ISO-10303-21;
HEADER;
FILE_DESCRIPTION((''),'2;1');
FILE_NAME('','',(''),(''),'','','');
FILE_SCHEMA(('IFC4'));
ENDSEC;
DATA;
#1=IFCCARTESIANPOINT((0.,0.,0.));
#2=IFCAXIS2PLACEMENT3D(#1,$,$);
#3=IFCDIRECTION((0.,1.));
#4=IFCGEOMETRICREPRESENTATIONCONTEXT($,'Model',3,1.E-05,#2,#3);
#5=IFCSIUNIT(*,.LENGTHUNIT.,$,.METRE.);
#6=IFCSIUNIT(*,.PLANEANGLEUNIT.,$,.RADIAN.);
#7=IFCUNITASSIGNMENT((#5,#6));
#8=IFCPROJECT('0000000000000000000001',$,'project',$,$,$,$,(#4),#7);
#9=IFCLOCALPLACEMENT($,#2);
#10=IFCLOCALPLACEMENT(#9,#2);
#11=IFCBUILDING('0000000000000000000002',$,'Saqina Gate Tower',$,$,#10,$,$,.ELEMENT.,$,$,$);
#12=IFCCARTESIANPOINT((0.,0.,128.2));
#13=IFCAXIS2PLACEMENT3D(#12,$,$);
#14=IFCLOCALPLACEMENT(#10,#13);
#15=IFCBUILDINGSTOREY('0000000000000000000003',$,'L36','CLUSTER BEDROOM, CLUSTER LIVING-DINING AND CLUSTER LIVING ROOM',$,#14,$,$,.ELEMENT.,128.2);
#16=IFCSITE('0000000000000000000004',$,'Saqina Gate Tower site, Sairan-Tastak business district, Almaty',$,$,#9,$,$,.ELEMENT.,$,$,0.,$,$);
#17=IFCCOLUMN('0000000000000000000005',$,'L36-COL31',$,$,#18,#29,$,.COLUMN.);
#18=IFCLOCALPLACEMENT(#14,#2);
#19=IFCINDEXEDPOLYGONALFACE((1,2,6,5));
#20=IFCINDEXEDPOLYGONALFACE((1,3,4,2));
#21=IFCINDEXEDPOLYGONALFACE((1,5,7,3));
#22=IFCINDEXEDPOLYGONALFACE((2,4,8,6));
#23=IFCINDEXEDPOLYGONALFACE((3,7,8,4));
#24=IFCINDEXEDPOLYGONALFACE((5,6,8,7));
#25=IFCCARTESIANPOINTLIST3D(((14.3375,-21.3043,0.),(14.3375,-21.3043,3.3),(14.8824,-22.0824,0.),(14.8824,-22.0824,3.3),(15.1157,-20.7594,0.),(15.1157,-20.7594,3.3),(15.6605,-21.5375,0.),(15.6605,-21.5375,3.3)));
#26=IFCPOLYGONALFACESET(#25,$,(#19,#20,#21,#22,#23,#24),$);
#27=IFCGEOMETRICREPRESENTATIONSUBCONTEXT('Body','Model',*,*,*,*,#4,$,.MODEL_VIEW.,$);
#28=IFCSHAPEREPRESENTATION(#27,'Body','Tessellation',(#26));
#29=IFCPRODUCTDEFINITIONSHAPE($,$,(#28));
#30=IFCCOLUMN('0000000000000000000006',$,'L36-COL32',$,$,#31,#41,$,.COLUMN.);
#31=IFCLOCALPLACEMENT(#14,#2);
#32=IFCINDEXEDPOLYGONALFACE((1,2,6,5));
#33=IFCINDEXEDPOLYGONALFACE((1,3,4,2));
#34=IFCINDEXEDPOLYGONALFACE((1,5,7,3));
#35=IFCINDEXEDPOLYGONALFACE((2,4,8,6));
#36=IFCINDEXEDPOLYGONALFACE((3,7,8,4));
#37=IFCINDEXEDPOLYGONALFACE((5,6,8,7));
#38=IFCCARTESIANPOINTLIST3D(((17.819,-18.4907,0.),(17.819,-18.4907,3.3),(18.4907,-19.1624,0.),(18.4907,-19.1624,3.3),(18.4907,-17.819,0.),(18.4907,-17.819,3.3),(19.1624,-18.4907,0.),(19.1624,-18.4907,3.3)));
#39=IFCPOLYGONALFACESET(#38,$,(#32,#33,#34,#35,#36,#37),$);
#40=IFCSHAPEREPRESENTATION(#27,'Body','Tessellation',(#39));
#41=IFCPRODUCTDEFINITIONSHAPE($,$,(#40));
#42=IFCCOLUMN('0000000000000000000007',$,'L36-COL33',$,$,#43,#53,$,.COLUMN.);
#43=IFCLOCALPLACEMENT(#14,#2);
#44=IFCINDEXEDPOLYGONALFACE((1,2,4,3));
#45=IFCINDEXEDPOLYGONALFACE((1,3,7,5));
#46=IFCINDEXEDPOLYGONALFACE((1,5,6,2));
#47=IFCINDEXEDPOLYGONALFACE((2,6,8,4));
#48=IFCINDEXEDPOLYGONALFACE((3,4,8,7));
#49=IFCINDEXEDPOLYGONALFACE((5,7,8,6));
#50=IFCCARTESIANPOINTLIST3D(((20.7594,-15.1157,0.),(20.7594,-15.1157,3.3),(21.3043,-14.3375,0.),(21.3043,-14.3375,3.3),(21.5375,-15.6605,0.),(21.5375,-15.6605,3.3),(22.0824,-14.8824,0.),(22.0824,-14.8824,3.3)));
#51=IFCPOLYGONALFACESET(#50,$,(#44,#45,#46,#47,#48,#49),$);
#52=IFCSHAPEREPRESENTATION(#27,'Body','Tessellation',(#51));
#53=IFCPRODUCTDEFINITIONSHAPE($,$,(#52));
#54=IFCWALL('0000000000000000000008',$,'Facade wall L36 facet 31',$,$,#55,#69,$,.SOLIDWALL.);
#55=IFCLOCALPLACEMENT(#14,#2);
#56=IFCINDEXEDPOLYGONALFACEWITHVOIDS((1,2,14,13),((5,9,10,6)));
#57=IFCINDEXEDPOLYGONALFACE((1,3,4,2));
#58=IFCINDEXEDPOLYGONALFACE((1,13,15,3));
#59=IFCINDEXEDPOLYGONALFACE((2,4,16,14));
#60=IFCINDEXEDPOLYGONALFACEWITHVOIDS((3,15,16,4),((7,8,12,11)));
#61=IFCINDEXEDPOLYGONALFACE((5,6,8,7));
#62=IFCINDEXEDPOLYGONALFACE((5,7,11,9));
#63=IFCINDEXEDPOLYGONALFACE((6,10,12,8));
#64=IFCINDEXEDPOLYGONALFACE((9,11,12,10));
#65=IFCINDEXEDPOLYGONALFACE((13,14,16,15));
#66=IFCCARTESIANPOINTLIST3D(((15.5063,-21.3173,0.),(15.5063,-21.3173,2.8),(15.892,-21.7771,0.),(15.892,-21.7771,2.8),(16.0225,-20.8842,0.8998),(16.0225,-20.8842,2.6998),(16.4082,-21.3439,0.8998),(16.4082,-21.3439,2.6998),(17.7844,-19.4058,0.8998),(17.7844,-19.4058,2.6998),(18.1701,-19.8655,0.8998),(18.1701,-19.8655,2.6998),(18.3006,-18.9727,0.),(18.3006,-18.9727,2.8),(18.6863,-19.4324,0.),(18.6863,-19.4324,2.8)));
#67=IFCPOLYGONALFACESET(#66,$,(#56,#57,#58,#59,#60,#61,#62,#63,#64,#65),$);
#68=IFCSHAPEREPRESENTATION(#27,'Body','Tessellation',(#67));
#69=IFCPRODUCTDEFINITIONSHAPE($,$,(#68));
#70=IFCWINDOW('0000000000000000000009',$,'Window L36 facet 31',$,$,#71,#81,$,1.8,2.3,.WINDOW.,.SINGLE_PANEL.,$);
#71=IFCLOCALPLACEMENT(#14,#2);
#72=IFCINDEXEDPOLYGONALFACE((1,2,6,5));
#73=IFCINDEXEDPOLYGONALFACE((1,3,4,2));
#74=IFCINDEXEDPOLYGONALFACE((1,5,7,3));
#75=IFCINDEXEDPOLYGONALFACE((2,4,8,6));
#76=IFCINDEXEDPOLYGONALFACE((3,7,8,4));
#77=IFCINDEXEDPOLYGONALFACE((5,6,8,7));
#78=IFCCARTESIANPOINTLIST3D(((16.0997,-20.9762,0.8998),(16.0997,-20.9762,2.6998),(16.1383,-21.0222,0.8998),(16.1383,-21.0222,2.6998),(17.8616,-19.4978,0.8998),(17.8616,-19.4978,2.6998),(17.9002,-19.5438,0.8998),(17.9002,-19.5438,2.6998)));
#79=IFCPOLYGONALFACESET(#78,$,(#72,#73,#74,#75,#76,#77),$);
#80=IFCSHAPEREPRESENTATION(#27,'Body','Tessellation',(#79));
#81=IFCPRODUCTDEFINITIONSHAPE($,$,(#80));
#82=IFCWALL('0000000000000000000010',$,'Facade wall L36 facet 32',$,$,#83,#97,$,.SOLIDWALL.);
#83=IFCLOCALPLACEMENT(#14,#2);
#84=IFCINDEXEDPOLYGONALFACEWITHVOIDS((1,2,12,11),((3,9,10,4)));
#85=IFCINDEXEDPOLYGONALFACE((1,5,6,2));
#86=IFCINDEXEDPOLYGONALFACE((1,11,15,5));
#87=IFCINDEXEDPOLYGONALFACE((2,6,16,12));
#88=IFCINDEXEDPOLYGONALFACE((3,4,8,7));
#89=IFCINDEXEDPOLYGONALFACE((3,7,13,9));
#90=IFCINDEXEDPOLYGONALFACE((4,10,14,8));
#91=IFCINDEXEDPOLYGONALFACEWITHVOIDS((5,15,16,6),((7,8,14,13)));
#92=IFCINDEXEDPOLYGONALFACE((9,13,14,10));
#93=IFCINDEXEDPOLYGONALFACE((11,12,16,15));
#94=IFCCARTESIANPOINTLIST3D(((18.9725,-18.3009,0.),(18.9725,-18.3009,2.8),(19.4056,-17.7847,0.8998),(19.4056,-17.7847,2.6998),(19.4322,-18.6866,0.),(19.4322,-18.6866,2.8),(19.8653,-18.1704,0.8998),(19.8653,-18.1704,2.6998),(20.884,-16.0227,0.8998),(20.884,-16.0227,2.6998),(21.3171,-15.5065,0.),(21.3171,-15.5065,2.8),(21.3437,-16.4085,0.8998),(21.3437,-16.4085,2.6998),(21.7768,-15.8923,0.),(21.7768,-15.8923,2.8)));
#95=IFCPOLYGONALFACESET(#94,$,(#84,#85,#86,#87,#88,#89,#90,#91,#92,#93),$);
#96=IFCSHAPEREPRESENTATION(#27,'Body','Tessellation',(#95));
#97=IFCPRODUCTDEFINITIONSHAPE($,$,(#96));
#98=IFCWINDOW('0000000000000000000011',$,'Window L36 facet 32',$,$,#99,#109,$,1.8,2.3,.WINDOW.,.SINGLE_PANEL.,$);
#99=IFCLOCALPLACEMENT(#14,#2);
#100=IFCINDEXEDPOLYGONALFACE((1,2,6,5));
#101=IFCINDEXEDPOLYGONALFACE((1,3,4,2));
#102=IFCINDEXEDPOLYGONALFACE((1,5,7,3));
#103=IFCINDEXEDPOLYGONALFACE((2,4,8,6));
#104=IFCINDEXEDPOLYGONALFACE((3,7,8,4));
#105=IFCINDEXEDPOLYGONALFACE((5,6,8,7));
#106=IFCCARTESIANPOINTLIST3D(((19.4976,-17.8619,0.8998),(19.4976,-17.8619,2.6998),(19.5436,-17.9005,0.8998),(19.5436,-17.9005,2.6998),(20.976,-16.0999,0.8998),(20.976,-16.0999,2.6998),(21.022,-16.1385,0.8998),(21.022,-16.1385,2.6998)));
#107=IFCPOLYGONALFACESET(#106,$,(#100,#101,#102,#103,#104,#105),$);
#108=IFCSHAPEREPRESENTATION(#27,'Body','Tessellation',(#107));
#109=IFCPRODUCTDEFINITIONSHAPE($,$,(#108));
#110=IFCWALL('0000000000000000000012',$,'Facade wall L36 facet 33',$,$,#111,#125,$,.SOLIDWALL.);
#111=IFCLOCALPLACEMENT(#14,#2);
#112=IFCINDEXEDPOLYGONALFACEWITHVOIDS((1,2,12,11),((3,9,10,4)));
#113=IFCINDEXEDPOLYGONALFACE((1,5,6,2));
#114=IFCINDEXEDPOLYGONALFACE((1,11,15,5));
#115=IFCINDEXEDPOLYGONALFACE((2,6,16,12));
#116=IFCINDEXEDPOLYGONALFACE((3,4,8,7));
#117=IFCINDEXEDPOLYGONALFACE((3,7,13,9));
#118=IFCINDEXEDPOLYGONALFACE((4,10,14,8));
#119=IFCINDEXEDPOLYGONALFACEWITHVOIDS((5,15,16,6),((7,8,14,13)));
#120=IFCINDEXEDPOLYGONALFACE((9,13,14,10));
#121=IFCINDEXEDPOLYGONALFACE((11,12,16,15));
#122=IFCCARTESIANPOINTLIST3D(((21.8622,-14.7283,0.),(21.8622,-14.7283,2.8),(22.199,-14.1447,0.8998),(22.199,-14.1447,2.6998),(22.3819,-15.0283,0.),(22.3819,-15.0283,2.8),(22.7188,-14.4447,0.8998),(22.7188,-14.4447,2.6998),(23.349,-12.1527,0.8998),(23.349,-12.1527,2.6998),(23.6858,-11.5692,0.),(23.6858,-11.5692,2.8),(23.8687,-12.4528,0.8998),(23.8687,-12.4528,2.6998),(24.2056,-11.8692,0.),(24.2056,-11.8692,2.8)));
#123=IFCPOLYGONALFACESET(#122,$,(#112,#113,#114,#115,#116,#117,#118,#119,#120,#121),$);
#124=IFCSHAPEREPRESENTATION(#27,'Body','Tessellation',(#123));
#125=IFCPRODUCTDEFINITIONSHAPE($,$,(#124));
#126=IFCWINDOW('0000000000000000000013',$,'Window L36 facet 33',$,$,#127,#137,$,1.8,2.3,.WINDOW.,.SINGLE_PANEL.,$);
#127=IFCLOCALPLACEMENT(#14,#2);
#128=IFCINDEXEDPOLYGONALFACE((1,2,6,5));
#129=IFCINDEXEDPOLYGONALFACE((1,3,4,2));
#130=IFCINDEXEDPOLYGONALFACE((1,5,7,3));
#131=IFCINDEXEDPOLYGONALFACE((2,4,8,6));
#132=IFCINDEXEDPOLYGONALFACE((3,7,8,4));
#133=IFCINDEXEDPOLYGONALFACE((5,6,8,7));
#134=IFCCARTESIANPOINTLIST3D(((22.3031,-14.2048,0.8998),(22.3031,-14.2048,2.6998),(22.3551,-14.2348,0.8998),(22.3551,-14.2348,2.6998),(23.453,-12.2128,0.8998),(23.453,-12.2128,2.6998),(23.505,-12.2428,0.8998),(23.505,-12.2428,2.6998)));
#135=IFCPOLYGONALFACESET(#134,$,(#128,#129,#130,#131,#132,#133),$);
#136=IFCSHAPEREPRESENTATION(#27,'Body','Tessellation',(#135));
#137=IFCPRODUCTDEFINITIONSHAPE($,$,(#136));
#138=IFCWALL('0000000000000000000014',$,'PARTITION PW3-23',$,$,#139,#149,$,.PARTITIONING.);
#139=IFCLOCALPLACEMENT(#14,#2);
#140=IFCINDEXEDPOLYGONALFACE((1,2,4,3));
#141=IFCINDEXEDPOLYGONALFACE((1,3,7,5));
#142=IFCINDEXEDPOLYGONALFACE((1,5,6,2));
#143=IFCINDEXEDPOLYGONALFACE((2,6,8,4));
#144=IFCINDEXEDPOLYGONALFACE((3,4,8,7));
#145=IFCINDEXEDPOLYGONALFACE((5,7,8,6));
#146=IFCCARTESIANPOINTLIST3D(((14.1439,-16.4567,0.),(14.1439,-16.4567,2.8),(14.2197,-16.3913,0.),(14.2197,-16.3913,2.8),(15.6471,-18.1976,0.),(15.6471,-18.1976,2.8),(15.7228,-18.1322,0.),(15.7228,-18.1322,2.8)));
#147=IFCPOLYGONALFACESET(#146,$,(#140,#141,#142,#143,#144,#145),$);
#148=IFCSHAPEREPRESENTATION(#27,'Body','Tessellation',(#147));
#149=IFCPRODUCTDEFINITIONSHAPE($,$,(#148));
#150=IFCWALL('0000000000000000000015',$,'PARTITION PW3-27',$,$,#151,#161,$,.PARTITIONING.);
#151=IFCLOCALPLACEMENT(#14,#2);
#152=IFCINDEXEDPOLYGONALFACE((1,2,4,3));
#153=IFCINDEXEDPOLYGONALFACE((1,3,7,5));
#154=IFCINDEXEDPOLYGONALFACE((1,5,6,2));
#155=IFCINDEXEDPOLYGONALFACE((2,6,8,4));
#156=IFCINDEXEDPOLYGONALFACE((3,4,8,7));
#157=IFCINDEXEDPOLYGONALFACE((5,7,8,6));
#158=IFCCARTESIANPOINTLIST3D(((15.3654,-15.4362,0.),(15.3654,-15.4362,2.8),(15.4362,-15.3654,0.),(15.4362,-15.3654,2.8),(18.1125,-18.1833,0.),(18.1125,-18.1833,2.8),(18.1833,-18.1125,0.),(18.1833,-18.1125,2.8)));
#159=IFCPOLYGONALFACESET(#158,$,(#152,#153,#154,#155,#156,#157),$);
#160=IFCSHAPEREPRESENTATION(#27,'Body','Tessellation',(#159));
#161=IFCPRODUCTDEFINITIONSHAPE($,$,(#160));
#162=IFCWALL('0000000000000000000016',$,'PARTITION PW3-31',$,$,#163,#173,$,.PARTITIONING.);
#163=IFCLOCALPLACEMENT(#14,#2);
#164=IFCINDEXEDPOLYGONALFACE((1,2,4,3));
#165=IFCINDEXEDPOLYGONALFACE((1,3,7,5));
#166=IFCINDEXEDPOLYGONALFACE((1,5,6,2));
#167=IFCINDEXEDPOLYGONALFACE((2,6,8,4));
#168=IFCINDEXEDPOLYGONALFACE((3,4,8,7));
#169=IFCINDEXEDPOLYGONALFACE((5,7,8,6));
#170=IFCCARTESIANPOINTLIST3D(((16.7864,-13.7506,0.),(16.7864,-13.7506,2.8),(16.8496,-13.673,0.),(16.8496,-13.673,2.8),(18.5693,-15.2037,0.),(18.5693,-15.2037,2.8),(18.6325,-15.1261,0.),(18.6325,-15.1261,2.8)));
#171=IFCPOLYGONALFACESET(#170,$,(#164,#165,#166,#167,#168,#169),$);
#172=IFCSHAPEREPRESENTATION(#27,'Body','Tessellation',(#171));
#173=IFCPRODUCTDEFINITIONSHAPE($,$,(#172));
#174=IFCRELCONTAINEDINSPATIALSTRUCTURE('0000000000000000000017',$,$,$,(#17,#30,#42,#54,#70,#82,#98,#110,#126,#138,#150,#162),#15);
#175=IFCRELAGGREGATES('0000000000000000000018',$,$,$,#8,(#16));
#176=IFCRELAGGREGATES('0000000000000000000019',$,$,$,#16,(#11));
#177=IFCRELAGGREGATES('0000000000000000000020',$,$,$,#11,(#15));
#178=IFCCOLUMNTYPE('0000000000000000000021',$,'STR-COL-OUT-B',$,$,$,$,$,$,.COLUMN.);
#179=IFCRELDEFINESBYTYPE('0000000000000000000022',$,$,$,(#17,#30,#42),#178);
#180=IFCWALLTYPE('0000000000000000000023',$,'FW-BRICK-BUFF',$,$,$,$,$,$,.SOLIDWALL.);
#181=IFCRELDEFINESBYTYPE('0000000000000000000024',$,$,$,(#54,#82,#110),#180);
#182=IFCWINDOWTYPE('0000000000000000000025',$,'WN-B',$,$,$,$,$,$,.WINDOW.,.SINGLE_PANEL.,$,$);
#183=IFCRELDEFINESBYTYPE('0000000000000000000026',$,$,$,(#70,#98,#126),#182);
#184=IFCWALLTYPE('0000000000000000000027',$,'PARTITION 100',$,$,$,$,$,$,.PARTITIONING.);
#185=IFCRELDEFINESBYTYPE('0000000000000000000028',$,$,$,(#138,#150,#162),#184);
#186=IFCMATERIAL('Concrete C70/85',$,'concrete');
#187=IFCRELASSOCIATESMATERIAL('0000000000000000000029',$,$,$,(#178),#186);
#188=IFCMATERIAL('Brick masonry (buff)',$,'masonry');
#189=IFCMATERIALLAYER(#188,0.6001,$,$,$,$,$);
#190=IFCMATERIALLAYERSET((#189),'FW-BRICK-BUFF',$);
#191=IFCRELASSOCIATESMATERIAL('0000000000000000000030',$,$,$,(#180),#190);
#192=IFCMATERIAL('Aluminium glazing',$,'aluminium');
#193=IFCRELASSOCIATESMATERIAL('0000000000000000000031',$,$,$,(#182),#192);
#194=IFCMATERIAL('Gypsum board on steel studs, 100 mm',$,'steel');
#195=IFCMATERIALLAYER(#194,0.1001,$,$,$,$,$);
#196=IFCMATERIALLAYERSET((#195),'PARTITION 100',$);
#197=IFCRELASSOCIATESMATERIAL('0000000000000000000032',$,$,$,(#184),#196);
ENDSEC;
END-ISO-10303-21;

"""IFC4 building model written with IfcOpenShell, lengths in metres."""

from ifc_helpers import new_model, si_unit, direction, frame, frame_2d, origin, origin_2d, place, context, subcontext, project, spatial, rectangle, extrude, material, layer, layer_set, material_profile, profile_set, type_object, element, fill, save


model = new_model("IFC4")

# Units and contexts
model_context = context("Model", 3, precision=1e-05, world=origin(), true_north=direction((0.0, 1.0)))
body_context = subcontext(model_context, "Body", "Model", "MODEL_VIEW")
ifc_project = project(units=[si_unit("LENGTHUNIT", "METRE"), si_unit("PLANEANGLEUNIT", "RADIAN")], contexts=[model_context])

# Site, building, storey
site_placement = place(None, origin())
site = spatial("IfcSite", under=ifc_project, at=site_placement, Name="Saqina Gate Tower site, Sairan-Tastak business district, Almaty", CompositionType="ELEMENT", RefElevation=0.0)
building_placement = place(site_placement, origin())
building = spatial("IfcBuilding", under=site, at=building_placement, Name="Saqina Gate Tower", CompositionType="ELEMENT")
storey_placement = place(building_placement, frame((0.0, 0.0, 128.2)))
storey = spatial("IfcBuildingStorey", under=building, at=storey_placement, Name="L36", Description="CLUSTER BEDROOM, CLUSTER LIVING-DINING AND CLUSTER LIVING ROOM", CompositionType="ELEMENT", Elevation=128.2)

# Columns
ifc_material_1 = material(Name="Concrete C70/85", Category="concrete")
ifc_material_profile = material_profile(ifc_material_1, rectangle(XDim=0.95, YDim=0.95, at=origin_2d()), Name="RC 950x950")
ifc_profile_set = profile_set([ifc_material_profile], Name="Concrete C70/85")
column_type = type_object("IfcColumnType", Name="STR-COL-OUT-B", PredefinedType="COLUMN", material=ifc_profile_set)
for number, where, z_axis, x_axis, name in (
    (1, (14.999, -21.4209, 0.0), (0.0, 0.0, 1.0), (0.573576, -0.819152, 0.0), "L36-COL31"),
    (2, (18.4907, -18.4907, 0.0), (0.0, 0.0, 1.0), (0.707107, -0.707107, 0.0), "L36-COL32"),
    (3, (21.4209, -14.999, 0.0), (0.0, 0.0, 1.0), (0.819152, -0.573576, 0.0), "L36-COL33"),
):
    element("IfcColumn", number, at=place(storey_placement, frame(where, z_axis=z_axis, x_axis=x_axis)), inside=storey, type_object=column_type, Name=name, PredefinedType="COLUMN", context=body_context, shape_type="SweptSolid", body=[
        extrude(rectangle(XDim=0.95, YDim=0.95, at=origin_2d()), origin(), (0.0, 0.0, 1.0), 3.3),
    ])

# Walls, openings, windows
ifc_material_2 = material(Name="Brick masonry (buff)", Category="masonry")
ifc_layer_1 = layer(ifc_material_2, 0.6001)
ifc_layer_set_1 = layer_set([ifc_layer_1], Name="FW-BRICK-BUFF")
wall_type_1 = type_object("IfcWallType", Name="FW-BRICK-BUFF", PredefinedType="SOLIDWALL", material=ifc_layer_set_1)
wall_1_placement = place(storey_placement, frame((15.6992, -21.5471, 0.0), z_axis=(0.0, 0.0, 1.0), x_axis=(0.766055, 0.642774, 0.0)))
wall_1 = element("IfcWall", 4, at=wall_1_placement, inside=storey, type_object=wall_type_1, Name="Facade wall L36 facet 31", PredefinedType="SOLIDWALL", context=body_context, shape_type="SweptSolid", body=[
    extrude(rectangle(XDim=3.6477, YDim=0.6001, at=frame_2d((1.8237, 0.0))), origin(), (0.0, 0.0, 1.0), 2.8),
])
opening_1_placement = place(wall_1_placement, frame((0.6738, 0.0, 0.8999)))
opening_1 = element("IfcOpeningElement", 5, at=opening_1_placement, cuts=wall_1, PredefinedType="OPENING", context=body_context, shape_type="SweptSolid", body=[
    extrude(rectangle(XDim=2.3, YDim=1.8, at=frame_2d((1.1499, 0.8999))), frame((0.0, 0.312, 0.0), z_axis=(0.0, -1.0, 0.0), x_axis=(1.0, 0.0, 0.0)), (0.0, 0.0, 1.0), 0.624),
])
ifc_material_3 = material(Name="Aluminium glazing", Category="aluminium")
window_type = type_object("IfcWindowType", Name="WN-B", PartitioningType="SINGLE_PANEL", PredefinedType="WINDOW", material=ifc_material_3)
window_1_placement = place(opening_1_placement, origin())
window_1 = element("IfcWindow", 6, at=window_1_placement, inside=storey, type_object=window_type, Name="Window L36 facet 31", OverallHeight=1.8, OverallWidth=2.3, PartitioningType="SINGLE_PANEL", PredefinedType="WINDOW", context=body_context, shape_type="SweptSolid", body=[
    extrude(rectangle(XDim=2.3, YDim=1.8, at=frame_2d((1.1499, 0.8999))), frame((0.0, 0.1799, 0.0), z_axis=(0.0, -1.0, 0.0), x_axis=(1.0, 0.0, 0.0)), (0.0, 0.0, 1.0), 0.0601),
])
fill(opening_1, window_1)
wall_2_placement = place(storey_placement, frame((19.2024, -18.4937, 0.0), z_axis=(0.0, 0.0, 1.0), x_axis=(0.642774, 0.766055, 0.0)))
wall_2 = element("IfcWall", 7, at=wall_2_placement, inside=storey, type_object=wall_type_1, Name="Facade wall L36 facet 32", PredefinedType="SOLIDWALL", context=body_context, shape_type="SweptSolid", body=[
    extrude(rectangle(XDim=3.6477, YDim=0.6001, at=frame_2d((1.8237, 0.0))), origin(), (0.0, 0.0, 1.0), 2.8),
])
opening_2_placement = place(wall_2_placement, frame((0.6738, 0.0, 0.8999)))
opening_2 = element("IfcOpeningElement", 8, at=opening_2_placement, cuts=wall_2, PredefinedType="OPENING", context=body_context, shape_type="SweptSolid", body=[
    extrude(rectangle(XDim=2.3, YDim=1.8, at=frame_2d((1.1499, 0.8999))), frame((0.0, 0.312, 0.0), z_axis=(0.0, -1.0, 0.0), x_axis=(1.0, 0.0, 0.0)), (0.0, 0.0, 1.0), 0.624),
])
window_2_placement = place(opening_2_placement, origin())
window_2 = element("IfcWindow", 9, at=window_2_placement, inside=storey, type_object=window_type, Name="Window L36 facet 32", OverallHeight=1.8, OverallWidth=2.3, PartitioningType="SINGLE_PANEL", PredefinedType="WINDOW", context=body_context, shape_type="SweptSolid", body=[
    extrude(rectangle(XDim=2.3, YDim=1.8, at=frame_2d((1.1499, 0.8999))), frame((0.0, 0.1799, 0.0), z_axis=(0.0, -1.0, 0.0), x_axis=(1.0, 0.0, 0.0)), (0.0, 0.0, 1.0), 0.0601),
])
fill(opening_2, window_2)
wall_3_placement = place(storey_placement, frame((22.1221, -14.8782, 0.0), z_axis=(0.0, 0.0, 1.0), x_axis=(0.499954, 0.866052, 0.0)))
wall_3 = element("IfcWall", 10, at=wall_3_placement, inside=storey, type_object=wall_type_1, Name="Facade wall L36 facet 33", PredefinedType="SOLIDWALL", context=body_context, shape_type="SweptSolid", body=[
    extrude(rectangle(XDim=3.6477, YDim=0.6001, at=frame_2d((1.8237, 0.0))), origin(), (0.0, 0.0, 1.0), 2.8),
])
opening_3_placement = place(wall_3_placement, frame((0.6738, 0.0, 0.8999)))
opening_3 = element("IfcOpeningElement", 11, at=opening_3_placement, cuts=wall_3, PredefinedType="OPENING", context=body_context, shape_type="SweptSolid", body=[
    extrude(rectangle(XDim=2.3, YDim=1.8, at=frame_2d((1.1499, 0.8999))), frame((0.0, 0.312, 0.0), z_axis=(0.0, -1.0, 0.0), x_axis=(1.0, 0.0, 0.0)), (0.0, 0.0, 1.0), 0.624),
])
window_3_placement = place(opening_3_placement, origin())
window_3 = element("IfcWindow", 12, at=window_3_placement, inside=storey, type_object=window_type, Name="Window L36 facet 33", OverallHeight=1.8, OverallWidth=2.3, PartitioningType="SINGLE_PANEL", PredefinedType="WINDOW", context=body_context, shape_type="SweptSolid", body=[
    extrude(rectangle(XDim=2.3, YDim=1.8, at=frame_2d((1.1499, 0.8999))), frame((0.0, 0.1799, 0.0), z_axis=(0.0, -1.0, 0.0), x_axis=(1.0, 0.0, 0.0)), (0.0, 0.0, 1.0), 0.0601),
])
fill(opening_3, window_3)

# Walls
ifc_material_4 = material(Name="Gypsum board on steel studs, 100 mm", Category="steel")
ifc_layer_2 = layer(ifc_material_4, 0.1001)
ifc_layer_set_2 = layer_set([ifc_layer_2], Name="PARTITION 100")
wall_type_2 = type_object("IfcWallType", Name="PARTITION 100", PredefinedType="PARTITIONING", material=ifc_layer_set_2)
wall_4_placement = place(storey_placement, frame((14.1819, -16.4241, 0.0), z_axis=(0.0, 0.0, 1.0), x_axis=(0.653523, -0.756907, 0.0)))
element("IfcWall", 13, at=wall_4_placement, inside=storey, type_object=wall_type_2, Name="PARTITION PW3-23", PredefinedType="PARTITIONING", context=body_context, shape_type="SweptSolid", body=[
    extrude(rectangle(XDim=2.3, YDim=0.1001, at=frame_2d((1.1499, 0.0))), origin(), (0.0, 0.0, 1.0), 2.8),
])
wall_5_placement = place(storey_placement, frame((15.4009, -15.4009, 0.0), z_axis=(0.0, 0.0, 1.0), x_axis=(0.707107, -0.707107, 0.0)))
element("IfcWall", 14, at=wall_5_placement, inside=storey, type_object=wall_type_2, Name="PARTITION PW3-27", PredefinedType="PARTITIONING", context=body_context, shape_type="SweptSolid", body=[
    extrude(rectangle(XDim=3.885, YDim=0.1001, at=frame_2d((1.9424, 0.0))), origin(), (0.0, 0.0, 1.0), 2.8),
])
wall_6_placement = place(storey_placement, frame((16.8181, -13.7119, 0.0), z_axis=(0.0, 0.0, 1.0), x_axis=(0.775162, -0.631763, 0.0)))
element("IfcWall", 15, at=wall_6_placement, inside=storey, type_object=wall_type_2, Name="PARTITION PW3-31", PredefinedType="PARTITIONING", context=body_context, shape_type="SweptSolid", body=[
    extrude(rectangle(XDim=2.3, YDim=0.1001, at=frame_2d((1.1499, 0.0))), origin(), (0.0, 0.0, 1.0), 2.8),
])

save(model, "model.ifc")
